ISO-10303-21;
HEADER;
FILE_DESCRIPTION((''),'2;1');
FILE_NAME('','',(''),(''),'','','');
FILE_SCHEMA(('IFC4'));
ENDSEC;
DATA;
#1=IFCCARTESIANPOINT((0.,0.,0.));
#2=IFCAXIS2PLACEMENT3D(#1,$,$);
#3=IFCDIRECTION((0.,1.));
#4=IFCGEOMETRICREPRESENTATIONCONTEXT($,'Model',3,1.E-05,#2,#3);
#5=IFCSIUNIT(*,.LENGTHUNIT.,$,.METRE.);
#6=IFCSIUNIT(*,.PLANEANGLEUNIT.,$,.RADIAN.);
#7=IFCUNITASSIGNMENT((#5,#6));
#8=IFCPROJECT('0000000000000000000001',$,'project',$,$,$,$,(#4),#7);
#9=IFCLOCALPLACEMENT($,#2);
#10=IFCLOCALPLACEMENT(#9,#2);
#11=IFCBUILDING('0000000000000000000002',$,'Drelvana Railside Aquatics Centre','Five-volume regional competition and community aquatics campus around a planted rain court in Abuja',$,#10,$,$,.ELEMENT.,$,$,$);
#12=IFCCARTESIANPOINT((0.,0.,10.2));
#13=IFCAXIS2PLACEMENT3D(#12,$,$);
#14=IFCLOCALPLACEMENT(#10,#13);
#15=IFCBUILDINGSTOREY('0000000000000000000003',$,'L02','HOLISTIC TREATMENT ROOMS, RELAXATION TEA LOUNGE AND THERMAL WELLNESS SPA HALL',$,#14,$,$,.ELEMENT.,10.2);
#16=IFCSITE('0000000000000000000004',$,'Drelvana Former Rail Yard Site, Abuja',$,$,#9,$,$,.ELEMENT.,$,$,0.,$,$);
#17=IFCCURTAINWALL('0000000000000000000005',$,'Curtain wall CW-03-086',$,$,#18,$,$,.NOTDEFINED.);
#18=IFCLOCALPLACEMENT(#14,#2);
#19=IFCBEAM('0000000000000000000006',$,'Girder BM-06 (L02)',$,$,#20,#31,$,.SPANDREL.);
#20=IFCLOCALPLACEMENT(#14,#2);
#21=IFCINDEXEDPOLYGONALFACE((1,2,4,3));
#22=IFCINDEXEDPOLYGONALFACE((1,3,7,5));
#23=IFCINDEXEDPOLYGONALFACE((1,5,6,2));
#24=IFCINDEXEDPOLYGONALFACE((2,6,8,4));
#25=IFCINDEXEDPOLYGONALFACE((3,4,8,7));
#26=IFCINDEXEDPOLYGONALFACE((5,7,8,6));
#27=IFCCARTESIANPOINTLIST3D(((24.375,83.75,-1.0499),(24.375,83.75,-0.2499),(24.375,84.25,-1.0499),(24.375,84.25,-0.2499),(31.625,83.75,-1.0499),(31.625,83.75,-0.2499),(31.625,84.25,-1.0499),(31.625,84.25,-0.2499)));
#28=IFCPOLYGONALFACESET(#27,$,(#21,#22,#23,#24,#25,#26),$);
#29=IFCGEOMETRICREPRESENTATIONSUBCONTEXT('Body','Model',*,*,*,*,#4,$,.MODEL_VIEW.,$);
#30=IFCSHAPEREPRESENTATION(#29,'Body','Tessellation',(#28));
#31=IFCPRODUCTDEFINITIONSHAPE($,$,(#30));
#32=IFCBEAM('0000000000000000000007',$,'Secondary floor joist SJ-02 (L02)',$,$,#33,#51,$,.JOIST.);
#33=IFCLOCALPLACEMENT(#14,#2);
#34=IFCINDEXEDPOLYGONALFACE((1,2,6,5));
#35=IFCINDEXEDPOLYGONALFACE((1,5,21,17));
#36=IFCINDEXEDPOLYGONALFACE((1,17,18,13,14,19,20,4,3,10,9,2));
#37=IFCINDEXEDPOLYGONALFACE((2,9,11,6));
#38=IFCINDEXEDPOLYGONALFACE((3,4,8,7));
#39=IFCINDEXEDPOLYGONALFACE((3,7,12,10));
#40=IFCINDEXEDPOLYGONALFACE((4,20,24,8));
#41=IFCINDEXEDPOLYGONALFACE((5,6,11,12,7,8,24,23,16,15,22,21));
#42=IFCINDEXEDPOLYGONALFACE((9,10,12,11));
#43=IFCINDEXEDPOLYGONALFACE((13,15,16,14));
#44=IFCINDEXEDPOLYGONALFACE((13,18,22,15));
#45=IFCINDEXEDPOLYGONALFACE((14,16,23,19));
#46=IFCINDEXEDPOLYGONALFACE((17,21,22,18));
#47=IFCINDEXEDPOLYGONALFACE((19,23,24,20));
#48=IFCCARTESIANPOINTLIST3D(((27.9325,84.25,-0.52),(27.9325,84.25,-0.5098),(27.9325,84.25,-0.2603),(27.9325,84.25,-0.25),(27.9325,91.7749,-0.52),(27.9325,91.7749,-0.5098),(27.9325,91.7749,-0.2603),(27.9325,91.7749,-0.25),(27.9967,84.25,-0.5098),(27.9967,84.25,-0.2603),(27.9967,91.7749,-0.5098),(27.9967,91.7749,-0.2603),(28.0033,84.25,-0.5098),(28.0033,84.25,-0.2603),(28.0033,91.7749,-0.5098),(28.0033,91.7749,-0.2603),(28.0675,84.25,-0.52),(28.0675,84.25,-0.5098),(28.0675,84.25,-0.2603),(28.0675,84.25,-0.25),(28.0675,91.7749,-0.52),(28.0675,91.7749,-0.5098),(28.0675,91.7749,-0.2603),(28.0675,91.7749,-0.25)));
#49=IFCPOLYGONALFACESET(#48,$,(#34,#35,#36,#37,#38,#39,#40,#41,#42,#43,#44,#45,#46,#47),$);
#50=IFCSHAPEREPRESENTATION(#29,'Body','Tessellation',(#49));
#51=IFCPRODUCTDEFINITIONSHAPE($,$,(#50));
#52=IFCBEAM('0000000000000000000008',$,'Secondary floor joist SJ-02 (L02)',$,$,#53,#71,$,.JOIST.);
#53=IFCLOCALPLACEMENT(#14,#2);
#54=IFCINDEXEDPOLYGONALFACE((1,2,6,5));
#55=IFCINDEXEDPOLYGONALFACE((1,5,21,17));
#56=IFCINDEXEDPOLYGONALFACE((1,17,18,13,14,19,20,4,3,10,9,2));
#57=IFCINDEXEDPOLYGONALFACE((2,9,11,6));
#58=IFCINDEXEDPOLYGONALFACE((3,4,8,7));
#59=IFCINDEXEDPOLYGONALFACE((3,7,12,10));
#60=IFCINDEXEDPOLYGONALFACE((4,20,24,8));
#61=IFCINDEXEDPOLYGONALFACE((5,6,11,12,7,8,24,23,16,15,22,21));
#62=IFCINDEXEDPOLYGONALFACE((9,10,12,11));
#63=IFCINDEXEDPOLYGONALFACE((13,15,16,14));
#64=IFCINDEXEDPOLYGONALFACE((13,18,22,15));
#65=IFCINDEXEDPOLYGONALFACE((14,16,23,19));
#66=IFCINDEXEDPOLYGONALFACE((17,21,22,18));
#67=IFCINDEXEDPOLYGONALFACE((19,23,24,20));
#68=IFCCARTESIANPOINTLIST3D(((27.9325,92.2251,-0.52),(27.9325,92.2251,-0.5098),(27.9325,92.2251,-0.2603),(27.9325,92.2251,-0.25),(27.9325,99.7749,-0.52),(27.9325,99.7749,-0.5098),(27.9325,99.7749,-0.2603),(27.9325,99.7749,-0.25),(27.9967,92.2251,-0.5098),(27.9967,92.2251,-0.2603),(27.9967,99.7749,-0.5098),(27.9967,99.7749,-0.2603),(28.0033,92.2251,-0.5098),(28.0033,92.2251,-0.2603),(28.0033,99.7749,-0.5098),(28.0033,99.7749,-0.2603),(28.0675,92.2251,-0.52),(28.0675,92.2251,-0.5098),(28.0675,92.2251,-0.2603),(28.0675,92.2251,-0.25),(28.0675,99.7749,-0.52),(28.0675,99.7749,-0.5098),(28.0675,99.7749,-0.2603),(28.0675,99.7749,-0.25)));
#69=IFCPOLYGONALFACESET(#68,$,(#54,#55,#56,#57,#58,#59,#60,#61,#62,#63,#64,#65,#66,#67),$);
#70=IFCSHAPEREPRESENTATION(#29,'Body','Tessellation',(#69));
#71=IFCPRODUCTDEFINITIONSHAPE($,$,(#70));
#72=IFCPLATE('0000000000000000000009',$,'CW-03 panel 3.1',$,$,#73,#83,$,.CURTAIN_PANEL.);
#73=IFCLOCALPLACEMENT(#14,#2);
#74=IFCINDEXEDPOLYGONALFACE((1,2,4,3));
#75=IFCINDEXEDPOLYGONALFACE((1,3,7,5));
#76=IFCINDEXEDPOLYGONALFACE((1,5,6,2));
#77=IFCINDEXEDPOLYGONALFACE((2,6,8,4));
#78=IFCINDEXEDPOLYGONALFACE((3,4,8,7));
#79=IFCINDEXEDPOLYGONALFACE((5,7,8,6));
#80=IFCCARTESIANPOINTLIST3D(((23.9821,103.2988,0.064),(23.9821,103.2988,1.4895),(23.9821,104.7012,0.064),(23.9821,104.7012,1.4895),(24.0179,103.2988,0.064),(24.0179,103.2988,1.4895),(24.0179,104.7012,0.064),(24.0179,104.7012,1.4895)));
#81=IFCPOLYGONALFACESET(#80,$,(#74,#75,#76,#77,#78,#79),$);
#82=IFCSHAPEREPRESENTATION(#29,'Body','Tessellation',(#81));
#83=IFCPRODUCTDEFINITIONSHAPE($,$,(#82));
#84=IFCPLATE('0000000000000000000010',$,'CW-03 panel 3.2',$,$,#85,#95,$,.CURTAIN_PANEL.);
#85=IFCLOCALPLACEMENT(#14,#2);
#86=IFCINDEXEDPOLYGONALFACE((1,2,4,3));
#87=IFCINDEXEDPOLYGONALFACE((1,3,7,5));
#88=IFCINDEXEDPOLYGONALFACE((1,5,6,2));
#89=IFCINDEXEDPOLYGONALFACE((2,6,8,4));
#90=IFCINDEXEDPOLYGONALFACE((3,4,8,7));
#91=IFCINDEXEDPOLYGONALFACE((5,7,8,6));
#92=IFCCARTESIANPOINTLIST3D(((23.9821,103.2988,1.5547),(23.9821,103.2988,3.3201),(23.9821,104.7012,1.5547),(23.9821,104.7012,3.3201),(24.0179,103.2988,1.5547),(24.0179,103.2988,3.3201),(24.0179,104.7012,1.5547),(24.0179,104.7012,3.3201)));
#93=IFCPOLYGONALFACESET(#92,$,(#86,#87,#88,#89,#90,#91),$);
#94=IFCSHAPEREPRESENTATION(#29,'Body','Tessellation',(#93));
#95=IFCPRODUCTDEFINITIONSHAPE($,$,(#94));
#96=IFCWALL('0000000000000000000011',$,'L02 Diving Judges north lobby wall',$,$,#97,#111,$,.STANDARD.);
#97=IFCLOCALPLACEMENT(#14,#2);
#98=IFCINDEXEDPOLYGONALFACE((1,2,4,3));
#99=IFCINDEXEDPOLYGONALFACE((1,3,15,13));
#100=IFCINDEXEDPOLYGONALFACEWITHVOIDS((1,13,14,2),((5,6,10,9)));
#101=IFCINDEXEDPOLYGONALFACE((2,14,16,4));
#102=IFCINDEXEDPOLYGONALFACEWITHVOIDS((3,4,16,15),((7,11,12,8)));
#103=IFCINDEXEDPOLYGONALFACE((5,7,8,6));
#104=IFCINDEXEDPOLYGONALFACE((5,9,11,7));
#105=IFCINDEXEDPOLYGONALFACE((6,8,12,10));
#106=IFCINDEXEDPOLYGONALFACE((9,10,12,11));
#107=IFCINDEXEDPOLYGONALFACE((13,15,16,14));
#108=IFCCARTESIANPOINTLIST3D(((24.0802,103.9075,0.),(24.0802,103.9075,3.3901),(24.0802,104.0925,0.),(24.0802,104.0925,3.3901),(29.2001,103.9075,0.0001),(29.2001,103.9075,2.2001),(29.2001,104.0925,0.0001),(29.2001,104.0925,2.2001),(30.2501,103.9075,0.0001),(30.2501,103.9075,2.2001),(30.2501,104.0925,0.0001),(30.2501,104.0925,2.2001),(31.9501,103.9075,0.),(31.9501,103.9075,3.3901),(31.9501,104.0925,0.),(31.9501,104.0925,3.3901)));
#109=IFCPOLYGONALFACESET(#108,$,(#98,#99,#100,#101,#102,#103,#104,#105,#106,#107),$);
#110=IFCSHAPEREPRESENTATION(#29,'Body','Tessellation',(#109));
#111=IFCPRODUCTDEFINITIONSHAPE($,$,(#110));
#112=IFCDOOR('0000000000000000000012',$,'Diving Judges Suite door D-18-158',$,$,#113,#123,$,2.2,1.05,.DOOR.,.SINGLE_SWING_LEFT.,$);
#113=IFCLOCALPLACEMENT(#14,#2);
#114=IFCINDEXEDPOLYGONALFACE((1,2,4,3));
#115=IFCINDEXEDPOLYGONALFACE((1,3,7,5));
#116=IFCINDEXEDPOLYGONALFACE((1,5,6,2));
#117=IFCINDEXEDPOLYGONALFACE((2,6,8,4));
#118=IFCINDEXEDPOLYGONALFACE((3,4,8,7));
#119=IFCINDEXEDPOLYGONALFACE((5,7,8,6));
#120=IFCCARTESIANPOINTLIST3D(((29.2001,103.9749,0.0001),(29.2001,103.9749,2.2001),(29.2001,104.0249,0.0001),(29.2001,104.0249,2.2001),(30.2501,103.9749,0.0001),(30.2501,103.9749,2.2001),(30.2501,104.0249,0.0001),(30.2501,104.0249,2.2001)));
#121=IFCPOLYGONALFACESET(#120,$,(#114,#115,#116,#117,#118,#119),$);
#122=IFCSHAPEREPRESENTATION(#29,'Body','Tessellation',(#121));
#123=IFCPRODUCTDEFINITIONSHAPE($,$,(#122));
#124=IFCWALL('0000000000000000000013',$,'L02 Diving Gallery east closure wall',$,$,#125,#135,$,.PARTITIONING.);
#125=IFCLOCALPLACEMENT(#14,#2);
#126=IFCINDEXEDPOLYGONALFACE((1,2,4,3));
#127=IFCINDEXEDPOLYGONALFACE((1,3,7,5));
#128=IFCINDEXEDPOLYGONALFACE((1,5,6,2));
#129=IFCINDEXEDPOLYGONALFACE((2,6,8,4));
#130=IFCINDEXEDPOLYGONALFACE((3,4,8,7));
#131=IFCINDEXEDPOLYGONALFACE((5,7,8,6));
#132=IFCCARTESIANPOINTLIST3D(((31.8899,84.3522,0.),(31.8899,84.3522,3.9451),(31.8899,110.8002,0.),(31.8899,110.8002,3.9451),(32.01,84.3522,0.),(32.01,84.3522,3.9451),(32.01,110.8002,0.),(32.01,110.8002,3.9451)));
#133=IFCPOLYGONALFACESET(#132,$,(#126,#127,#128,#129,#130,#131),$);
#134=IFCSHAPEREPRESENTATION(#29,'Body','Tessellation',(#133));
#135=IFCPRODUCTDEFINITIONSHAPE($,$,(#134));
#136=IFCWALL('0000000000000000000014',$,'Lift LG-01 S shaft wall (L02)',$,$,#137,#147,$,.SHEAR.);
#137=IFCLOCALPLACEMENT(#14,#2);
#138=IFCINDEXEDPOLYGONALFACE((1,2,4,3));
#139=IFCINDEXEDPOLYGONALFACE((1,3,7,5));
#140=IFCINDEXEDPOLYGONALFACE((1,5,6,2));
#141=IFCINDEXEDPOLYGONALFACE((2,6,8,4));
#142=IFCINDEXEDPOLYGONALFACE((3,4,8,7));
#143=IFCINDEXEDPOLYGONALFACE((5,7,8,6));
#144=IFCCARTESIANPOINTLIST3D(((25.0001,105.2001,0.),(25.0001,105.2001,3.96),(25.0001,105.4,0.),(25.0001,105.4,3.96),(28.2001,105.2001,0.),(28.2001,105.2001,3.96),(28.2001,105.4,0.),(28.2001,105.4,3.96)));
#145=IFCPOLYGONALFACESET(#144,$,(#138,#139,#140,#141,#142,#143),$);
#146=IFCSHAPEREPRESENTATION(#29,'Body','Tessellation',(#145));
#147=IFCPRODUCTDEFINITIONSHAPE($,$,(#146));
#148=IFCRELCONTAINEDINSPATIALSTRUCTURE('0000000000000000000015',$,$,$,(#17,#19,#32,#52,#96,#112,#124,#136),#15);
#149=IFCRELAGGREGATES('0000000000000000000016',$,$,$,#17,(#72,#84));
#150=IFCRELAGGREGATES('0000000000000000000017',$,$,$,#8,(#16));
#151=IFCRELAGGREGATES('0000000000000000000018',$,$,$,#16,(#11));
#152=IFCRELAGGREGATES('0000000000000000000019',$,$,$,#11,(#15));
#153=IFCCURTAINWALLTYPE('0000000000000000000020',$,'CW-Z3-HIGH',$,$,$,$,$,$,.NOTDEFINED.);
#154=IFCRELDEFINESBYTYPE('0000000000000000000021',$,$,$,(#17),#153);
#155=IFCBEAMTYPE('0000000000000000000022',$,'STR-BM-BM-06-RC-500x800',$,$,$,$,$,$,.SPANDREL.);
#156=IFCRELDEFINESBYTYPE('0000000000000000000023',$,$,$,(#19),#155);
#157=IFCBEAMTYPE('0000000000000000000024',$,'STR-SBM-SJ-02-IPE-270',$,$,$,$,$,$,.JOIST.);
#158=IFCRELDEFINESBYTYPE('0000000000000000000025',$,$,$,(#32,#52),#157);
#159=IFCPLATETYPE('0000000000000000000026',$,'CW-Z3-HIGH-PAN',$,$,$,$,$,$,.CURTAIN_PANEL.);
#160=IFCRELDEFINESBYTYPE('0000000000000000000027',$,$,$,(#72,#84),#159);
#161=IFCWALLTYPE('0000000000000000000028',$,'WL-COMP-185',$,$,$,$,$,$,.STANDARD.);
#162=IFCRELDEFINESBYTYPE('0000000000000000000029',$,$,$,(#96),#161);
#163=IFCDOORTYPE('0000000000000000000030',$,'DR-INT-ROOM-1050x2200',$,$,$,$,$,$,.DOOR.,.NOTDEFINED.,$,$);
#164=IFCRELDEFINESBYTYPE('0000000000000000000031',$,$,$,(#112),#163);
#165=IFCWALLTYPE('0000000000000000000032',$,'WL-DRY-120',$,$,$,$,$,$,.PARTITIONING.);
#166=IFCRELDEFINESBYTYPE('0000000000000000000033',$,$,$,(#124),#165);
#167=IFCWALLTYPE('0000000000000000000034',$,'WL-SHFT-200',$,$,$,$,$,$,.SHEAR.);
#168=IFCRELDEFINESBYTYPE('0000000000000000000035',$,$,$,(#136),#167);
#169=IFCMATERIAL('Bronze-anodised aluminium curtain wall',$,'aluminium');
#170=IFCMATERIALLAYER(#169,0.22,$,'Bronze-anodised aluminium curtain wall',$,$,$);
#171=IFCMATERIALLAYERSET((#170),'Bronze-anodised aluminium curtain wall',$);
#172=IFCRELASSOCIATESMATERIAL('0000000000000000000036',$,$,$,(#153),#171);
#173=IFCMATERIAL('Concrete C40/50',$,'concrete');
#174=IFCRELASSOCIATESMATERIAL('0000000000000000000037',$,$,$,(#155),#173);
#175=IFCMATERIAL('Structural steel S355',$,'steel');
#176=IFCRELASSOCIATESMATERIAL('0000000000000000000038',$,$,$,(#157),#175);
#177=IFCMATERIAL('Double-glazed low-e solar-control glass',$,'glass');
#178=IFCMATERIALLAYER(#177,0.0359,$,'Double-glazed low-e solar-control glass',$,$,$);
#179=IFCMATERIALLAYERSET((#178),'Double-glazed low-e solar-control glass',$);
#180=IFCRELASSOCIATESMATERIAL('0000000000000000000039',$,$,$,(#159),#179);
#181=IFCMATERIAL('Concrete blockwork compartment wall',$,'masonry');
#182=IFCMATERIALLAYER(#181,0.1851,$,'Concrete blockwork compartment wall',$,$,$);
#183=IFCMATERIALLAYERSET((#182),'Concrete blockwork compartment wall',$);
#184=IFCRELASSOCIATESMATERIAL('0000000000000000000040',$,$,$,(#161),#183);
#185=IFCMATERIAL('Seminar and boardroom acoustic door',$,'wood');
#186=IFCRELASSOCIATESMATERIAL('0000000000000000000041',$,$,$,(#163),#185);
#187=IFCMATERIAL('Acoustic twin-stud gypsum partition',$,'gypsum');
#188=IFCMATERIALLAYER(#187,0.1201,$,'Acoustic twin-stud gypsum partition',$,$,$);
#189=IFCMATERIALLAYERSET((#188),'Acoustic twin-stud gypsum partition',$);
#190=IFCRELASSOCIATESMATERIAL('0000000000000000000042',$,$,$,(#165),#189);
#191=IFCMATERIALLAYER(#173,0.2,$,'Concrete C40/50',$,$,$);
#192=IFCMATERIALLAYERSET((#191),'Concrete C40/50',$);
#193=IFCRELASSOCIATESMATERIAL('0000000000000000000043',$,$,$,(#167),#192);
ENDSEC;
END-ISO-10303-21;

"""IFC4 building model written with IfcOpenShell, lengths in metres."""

from ifc_helpers import new_model, si_unit, direction, frame, frame_2d, origin, origin_2d, place, context, subcontext, project, spatial, rectangle, i_section, extrude, material, layer, layer_set, material_profile, profile_set, type_object, element, fill, aggregate, save


model = new_model("IFC4")

# Units and contexts
model_context = context("Model", 3, precision=1e-05, world=origin(), true_north=direction((0.0, 1.0)))
body_context = subcontext(model_context, "Body", "Model", "MODEL_VIEW")
ifc_project = project(units=[si_unit("LENGTHUNIT", "METRE"), si_unit("PLANEANGLEUNIT", "RADIAN")], contexts=[model_context])

# Site, building, storey
site_placement = place(None, origin())
site = spatial("IfcSite", under=ifc_project, at=site_placement, Name="Drelvana Former Rail Yard Site, Abuja", CompositionType="ELEMENT", RefElevation=0.0)
building_placement = place(site_placement, origin())
building = spatial("IfcBuilding", under=site, at=building_placement, Name="Drelvana Railside Aquatics Centre", Description="Five-volume regional competition and community aquatics campus around a planted rain court in Abuja", CompositionType="ELEMENT")
storey_placement = place(building_placement, frame((0.0, 0.0, 10.2)))
storey = spatial("IfcBuildingStorey", under=building, at=storey_placement, Name="L02", Description="HOLISTIC TREATMENT ROOMS, RELAXATION TEA LOUNGE AND THERMAL WELLNESS SPA HALL", CompositionType="ELEMENT", Elevation=10.2)

# Shared definitions
ifc_material_1 = material(Name="Concrete C40/50", Category="concrete")

# Curtain wall
ifc_material_2 = material(Name="Bronze-anodised aluminium curtain wall", Category="aluminium")
ifc_layer_1 = layer(ifc_material_2, 0.22, Name="Bronze-anodised aluminium curtain wall")
ifc_layer_set_1 = layer_set([ifc_layer_1], Name="Bronze-anodised aluminium curtain wall")
curtain_wall_type = type_object("IfcCurtainWallType", Name="CW-Z3-HIGH", PredefinedType="NOTDEFINED", material=ifc_layer_set_1)
curtain_wall_placement = place(storey_placement, origin())
curtain_wall = element("IfcCurtainWall", 1, at=curtain_wall_placement, inside=storey, type_object=curtain_wall_type, Name="Curtain wall CW-03-086", PredefinedType="NOTDEFINED")

# Beams
ifc_material_profile_1 = material_profile(ifc_material_1, rectangle(XDim=0.5, YDim=0.8, at=origin_2d()), Name="RC 500x800")
ifc_profile_set_1 = profile_set([ifc_material_profile_1], Name="Concrete C40/50")
beam_type_1 = type_object("IfcBeamType", Name="STR-BM-BM-06-RC-500x800", PredefinedType="SPANDREL", material=ifc_profile_set_1)
beam_1_placement = place(storey_placement, frame((24.375, 84.0, -0.6499), z_axis=(1.0, 0.0, 0.0), x_axis=(0.0, 1.0, 0.0)))
element("IfcBeam", 2, at=beam_1_placement, inside=storey, type_object=beam_type_1, Name="Girder BM-06 (L02)", PredefinedType="SPANDREL", context=body_context, shape_type="SweptSolid", body=[
    extrude(rectangle(XDim=0.5, YDim=0.8, at=origin_2d()), origin(), (0.0, 0.0, 1.0), 7.25),
])
ifc_material_3 = material(Name="Structural steel S355", Category="steel")
ifc_material_profile_2 = material_profile(ifc_material_3, i_section(OverallWidth=0.135, OverallDepth=0.27, WebThickness=0.0066, FlangeThickness=0.0103, at=origin_2d()), Name="IPE 270")
ifc_profile_set_2 = profile_set([ifc_material_profile_2], Name="Structural steel S355")
beam_type_2 = type_object("IfcBeamType", Name="STR-SBM-SJ-02-IPE-270", PredefinedType="JOIST", material=ifc_profile_set_2)
beam_2_placement = place(storey_placement, frame((28.0, 84.25, -0.385), z_axis=(0.0, 1.0, 0.0), x_axis=(-1.0, 0.0, 0.0)))
element("IfcBeam", 3, at=beam_2_placement, inside=storey, type_object=beam_type_2, Name="Secondary floor joist SJ-02 (L02)", PredefinedType="JOIST", context=body_context, shape_type="SweptSolid", body=[
    extrude(i_section(OverallWidth=0.135, OverallDepth=0.27, WebThickness=0.0066, FlangeThickness=0.0103, at=origin_2d()), origin(), (0.0, 0.0, 1.0), 7.5249),
])
beam_3_placement = place(storey_placement, frame((28.0, 92.2251, -0.385), z_axis=(0.0, 1.0, 0.0), x_axis=(-1.0, 0.0, 0.0)))
element("IfcBeam", 4, at=beam_3_placement, inside=storey, type_object=beam_type_2, Name="Secondary floor joist SJ-02 (L02)", PredefinedType="JOIST", context=body_context, shape_type="SweptSolid", body=[
    extrude(i_section(OverallWidth=0.135, OverallDepth=0.27, WebThickness=0.0066, FlangeThickness=0.0103, at=origin_2d()), origin(), (0.0, 0.0, 1.0), 7.5498),
])

# Plates
ifc_material_4 = material(Name="Double-glazed low-e solar-control glass", Category="glass")
ifc_layer_2 = layer(ifc_material_4, 0.0359, Name="Double-glazed low-e solar-control glass")
ifc_layer_set_2 = layer_set([ifc_layer_2], Name="Double-glazed low-e solar-control glass")
plate_type = type_object("IfcPlateType", Name="CW-Z3-HIGH-PAN", PredefinedType="CURTAIN_PANEL", material=ifc_layer_set_2)
plate_1_placement = place(storey_placement, frame((24.0, 104.0, 0.064), z_axis=(0.0, 0.0, 1.0), x_axis=(0.0, 1.0, 0.0)))
plate_1 = element("IfcPlate", 5, at=plate_1_placement, type_object=plate_type, Name="CW-03 panel 3.1", PredefinedType="CURTAIN_PANEL", context=body_context, shape_type="SweptSolid", body=[
    extrude(rectangle(XDim=1.4023, YDim=0.0359, at=origin_2d()), origin(), (0.0, 0.0, 1.0), 1.4255),
])
plate_2_placement = place(storey_placement, frame((24.0, 104.0, 1.5547), z_axis=(0.0, 0.0, 1.0), x_axis=(0.0, 1.0, 0.0)))
plate_2 = element("IfcPlate", 6, at=plate_2_placement, type_object=plate_type, Name="CW-03 panel 3.2", PredefinedType="CURTAIN_PANEL", context=body_context, shape_type="SweptSolid", body=[
    extrude(rectangle(XDim=1.4023, YDim=0.0359, at=origin_2d()), origin(), (0.0, 0.0, 1.0), 1.7654),
])
aggregate(curtain_wall, [plate_1, plate_2])

# Wall, opening, door
ifc_material_5 = material(Name="Concrete blockwork compartment wall", Category="masonry")
ifc_layer_3 = layer(ifc_material_5, 0.1851, Name="Concrete blockwork compartment wall")
ifc_layer_set_3 = layer_set([ifc_layer_3], Name="Concrete blockwork compartment wall")
wall_type_1 = type_object("IfcWallType", Name="WL-COMP-185", PredefinedType="STANDARD", material=ifc_layer_set_3)
wall_1_placement = place(storey_placement, frame((24.0801, 104.0, 0.0), z_axis=(0.0, 0.0, 1.0), x_axis=(1.0, 0.0, 0.0)))
wall_1 = element("IfcWall", 7, at=wall_1_placement, inside=storey, type_object=wall_type_1, Name="L02 Diving Judges north lobby wall", PredefinedType="STANDARD", context=body_context, shape_type="SweptSolid", body=[
    extrude(rectangle(XDim=7.8699, YDim=0.1851, at=frame_2d((3.9351, 0.0))), origin(), (0.0, 0.0, 1.0), 3.3901),
])
opening_placement = place(wall_1_placement, frame((5.1201, 0.0, 0.0)))
opening = element("IfcOpeningElement", 8, at=opening_placement, cuts=wall_1, PredefinedType="OPENING", context=body_context, shape_type="SweptSolid", body=[
    extrude(rectangle(XDim=1.05, YDim=2.2, at=frame_2d((0.5249, 1.1001))), frame((0.0, 0.1025, 0.0), z_axis=(0.0, -1.0, 0.0), x_axis=(1.0, 0.0, 0.0)), (0.0, 0.0, 1.0), 0.2051),
])
ifc_material_6 = material(Name="Seminar and boardroom acoustic door", Category="wood")
door_type = type_object("IfcDoorType", Name="DR-INT-ROOM-1050x2200", OperationType="NOTDEFINED", PredefinedType="DOOR", material=ifc_material_6)
door_placement = place(opening_placement, origin())
door = element("IfcDoor", 9, at=door_placement, inside=storey, type_object=door_type, Name="Diving Judges Suite door D-18-158", OperationType="SINGLE_SWING_LEFT", OverallHeight=2.2, OverallWidth=1.05, PredefinedType="DOOR", context=body_context, shape_type="SweptSolid", body=[
    extrude(rectangle(XDim=1.05, YDim=2.2, at=frame_2d((0.5249, 1.1001))), frame((0.0, 0.0249, 0.0), z_axis=(0.0, -1.0, 0.0), x_axis=(1.0, 0.0, 0.0)), (0.0, 0.0, 1.0), 0.05),
])
fill(opening, door)

# Walls
ifc_material_7 = material(Name="Acoustic twin-stud gypsum partition", Category="gypsum")
ifc_layer_4 = layer(ifc_material_7, 0.1201, Name="Acoustic twin-stud gypsum partition")
ifc_layer_set_4 = layer_set([ifc_layer_4], Name="Acoustic twin-stud gypsum partition")
wall_type_2 = type_object("IfcWallType", Name="WL-DRY-120", PredefinedType="PARTITIONING", material=ifc_layer_set_4)
wall_2_placement = place(storey_placement, frame((31.95, 84.3521, 0.0), z_axis=(0.0, 0.0, 1.0), x_axis=(0.0, 1.0, 0.0)))
element("IfcWall", 10, at=wall_2_placement, inside=storey, type_object=wall_type_2, Name="L02 Diving Gallery east closure wall", PredefinedType="PARTITIONING", context=body_context, shape_type="SweptSolid", body=[
    extrude(rectangle(XDim=26.448, YDim=0.1201, at=frame_2d((13.2241, 0.0))), origin(), (0.0, 0.0, 1.0), 3.9451),
])
ifc_layer_5 = layer(ifc_material_1, 0.2, Name="Concrete C40/50")
ifc_layer_set_5 = layer_set([ifc_layer_5], Name="Concrete C40/50")
wall_type_3 = type_object("IfcWallType", Name="WL-SHFT-200", PredefinedType="SHEAR", material=ifc_layer_set_5)
wall_3_placement = place(storey_placement, frame((25.0, 105.3, 0.0), z_axis=(0.0, 0.0, 1.0), x_axis=(1.0, 0.0, 0.0)))
element("IfcWall", 11, at=wall_3_placement, inside=storey, type_object=wall_type_3, Name="Lift LG-01 S shaft wall (L02)", PredefinedType="SHEAR", context=body_context, shape_type="SweptSolid", body=[
    extrude(rectangle(XDim=3.2, YDim=0.2, at=frame_2d((1.6001, 0.0))), origin(), (0.0, 0.0, 1.0), 3.96),
])

save(model, "model.ifc")
